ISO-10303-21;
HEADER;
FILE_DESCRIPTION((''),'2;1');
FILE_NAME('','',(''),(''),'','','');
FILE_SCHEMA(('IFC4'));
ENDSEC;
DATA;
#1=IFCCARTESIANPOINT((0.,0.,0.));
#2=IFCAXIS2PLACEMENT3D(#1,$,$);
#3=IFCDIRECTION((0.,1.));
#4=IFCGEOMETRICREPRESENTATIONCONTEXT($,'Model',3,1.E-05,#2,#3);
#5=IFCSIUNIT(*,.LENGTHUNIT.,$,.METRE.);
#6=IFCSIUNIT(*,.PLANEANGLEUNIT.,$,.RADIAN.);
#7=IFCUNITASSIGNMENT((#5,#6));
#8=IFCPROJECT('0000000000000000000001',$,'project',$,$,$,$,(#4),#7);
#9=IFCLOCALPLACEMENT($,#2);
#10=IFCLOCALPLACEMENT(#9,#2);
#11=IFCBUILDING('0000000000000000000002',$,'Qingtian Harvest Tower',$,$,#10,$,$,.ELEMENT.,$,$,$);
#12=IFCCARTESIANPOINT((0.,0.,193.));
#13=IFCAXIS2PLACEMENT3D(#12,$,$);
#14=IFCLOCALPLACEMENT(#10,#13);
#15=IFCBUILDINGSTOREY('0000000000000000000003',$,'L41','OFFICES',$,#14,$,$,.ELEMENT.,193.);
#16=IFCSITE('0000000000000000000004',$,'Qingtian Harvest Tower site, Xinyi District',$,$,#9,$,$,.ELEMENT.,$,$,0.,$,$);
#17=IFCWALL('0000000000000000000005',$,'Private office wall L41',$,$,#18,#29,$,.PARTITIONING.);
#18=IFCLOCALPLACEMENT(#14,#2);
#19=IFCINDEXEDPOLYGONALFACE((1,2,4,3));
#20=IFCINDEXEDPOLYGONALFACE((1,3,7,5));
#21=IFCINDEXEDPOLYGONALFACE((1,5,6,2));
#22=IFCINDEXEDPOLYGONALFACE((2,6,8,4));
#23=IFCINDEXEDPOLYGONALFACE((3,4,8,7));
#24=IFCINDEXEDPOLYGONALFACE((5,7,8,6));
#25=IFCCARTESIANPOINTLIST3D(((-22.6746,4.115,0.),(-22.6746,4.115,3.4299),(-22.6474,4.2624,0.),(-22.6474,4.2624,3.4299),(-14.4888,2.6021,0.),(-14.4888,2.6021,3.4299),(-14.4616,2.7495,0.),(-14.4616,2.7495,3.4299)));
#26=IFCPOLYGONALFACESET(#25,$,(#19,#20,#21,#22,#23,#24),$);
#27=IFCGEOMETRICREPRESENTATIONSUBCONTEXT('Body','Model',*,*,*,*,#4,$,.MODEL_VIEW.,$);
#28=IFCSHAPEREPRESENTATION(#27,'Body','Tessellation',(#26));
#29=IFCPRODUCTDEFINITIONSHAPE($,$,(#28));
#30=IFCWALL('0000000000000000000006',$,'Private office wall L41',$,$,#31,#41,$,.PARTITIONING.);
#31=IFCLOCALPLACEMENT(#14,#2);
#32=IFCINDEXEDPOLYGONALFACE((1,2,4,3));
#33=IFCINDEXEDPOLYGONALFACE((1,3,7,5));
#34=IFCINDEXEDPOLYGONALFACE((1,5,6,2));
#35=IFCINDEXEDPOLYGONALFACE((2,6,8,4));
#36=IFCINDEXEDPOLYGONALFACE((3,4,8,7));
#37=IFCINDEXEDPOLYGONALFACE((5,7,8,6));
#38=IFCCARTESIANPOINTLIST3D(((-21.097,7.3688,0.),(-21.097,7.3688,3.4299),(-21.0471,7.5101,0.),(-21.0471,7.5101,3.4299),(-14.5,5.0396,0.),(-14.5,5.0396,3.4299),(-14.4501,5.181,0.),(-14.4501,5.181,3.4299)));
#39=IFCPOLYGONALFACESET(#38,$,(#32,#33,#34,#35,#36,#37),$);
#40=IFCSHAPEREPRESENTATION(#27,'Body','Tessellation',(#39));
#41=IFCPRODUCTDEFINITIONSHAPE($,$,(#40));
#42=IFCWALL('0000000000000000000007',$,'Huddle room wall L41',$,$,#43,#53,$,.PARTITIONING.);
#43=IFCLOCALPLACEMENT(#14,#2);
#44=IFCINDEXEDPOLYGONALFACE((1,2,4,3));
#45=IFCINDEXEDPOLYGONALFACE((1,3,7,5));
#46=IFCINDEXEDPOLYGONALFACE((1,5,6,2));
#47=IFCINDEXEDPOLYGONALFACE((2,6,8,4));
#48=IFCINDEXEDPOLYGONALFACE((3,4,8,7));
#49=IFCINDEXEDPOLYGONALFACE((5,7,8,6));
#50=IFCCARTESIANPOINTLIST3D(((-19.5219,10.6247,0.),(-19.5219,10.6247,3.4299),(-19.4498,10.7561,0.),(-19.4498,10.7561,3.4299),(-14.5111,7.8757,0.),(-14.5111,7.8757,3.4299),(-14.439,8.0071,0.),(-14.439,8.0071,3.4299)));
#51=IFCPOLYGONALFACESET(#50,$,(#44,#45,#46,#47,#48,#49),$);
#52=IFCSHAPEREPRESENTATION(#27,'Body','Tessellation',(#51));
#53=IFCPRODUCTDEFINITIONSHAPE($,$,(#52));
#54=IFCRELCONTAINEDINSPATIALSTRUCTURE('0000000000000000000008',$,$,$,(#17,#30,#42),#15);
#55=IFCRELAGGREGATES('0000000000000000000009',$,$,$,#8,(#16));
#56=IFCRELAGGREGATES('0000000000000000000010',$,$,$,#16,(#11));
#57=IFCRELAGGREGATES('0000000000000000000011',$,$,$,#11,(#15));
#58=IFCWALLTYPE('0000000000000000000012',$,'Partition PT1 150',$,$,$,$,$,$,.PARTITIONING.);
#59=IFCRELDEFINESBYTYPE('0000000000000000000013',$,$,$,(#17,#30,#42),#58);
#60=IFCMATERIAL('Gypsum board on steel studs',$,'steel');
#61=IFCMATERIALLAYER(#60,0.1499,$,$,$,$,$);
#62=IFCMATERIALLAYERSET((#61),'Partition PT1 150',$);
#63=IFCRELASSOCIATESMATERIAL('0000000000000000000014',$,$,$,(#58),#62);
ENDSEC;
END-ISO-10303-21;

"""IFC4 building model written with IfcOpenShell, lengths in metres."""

from ifc_helpers import new_model, si_unit, direction, frame, frame_2d, origin, place, context, subcontext, project, spatial, rectangle, extrude, material, layer, layer_set, type_object, element, save


model = new_model("IFC4")

# Units and contexts
model_context = context("Model", 3, precision=1e-05, world=origin(), true_north=direction((0.0, 1.0)))
body_context = subcontext(model_context, "Body", "Model", "MODEL_VIEW")
ifc_project = project(units=[si_unit("LENGTHUNIT", "METRE"), si_unit("PLANEANGLEUNIT", "RADIAN")], contexts=[model_context])

# Site, building, storey
site_placement = place(None, origin())
site = spatial("IfcSite", under=ifc_project, at=site_placement, Name="Qingtian Harvest Tower site, Xinyi District", CompositionType="ELEMENT", RefElevation=0.0)
building_placement = place(site_placement, origin())
building = spatial("IfcBuilding", under=site, at=building_placement, Name="Qingtian Harvest Tower", CompositionType="ELEMENT")
storey_placement = place(building_placement, frame((0.0, 0.0, 193.0)))
storey = spatial("IfcBuildingStorey", under=building, at=storey_placement, Name="L41", Description="OFFICES", CompositionType="ELEMENT", Elevation=193.0)

# Wall
ifc_material_1 = material(Name="Gypsum board on steel studs", Category="steel")
ifc_layer_1 = layer(ifc_material_1, 0.1499)
ifc_layer_set_1 = layer_set([ifc_layer_1], Name="Partition PT1 150")
wall_type = type_object("IfcWallType", Name="Partition PT1 150", PredefinedType="PARTITIONING", material=ifc_layer_set_1)
wall_1_placement = place(storey_placement, frame((-22.6609, 4.1887, 0.0), z_axis=(0.0, 0.0, 1.0), x_axis=(0.983345, -0.181747, 0.0)))
element("IfcWall", 1, at=wall_1_placement, inside=storey, type_object=wall_type, Name="Private office wall L41", PredefinedType="PARTITIONING", context=body_context, shape_type="SweptSolid", body=[
    extrude(rectangle(XDim=8.3245, YDim=0.1499, at=frame_2d((4.1621, 0.0))), origin(), (0.0, 0.0, 1.0), 3.4299),
])

# Wall
wall_2_placement = place(storey_placement, frame((-21.072, 7.4395, 0.0), z_axis=(0.0, 0.0, 1.0), x_axis=(0.942956, -0.332919, 0.0)))
element("IfcWall", 2, at=wall_2_placement, inside=storey, type_object=wall_type, Name="Private office wall L41", PredefinedType="PARTITIONING", context=body_context, shape_type="SweptSolid", body=[
    extrude(rectangle(XDim=6.9961, YDim=0.1499, at=frame_2d((3.498, 0.0))), origin(), (0.0, 0.0, 1.0), 3.4299),
])

# Wall
wall_3_placement = place(storey_placement, frame((-19.4858, 10.6904, 0.0), z_axis=(0.0, 0.0, 1.0), x_axis=(0.876724, -0.480994, 0.0)))
element("IfcWall", 3, at=wall_3_placement, inside=storey, type_object=wall_type, Name="Huddle room wall L41", PredefinedType="PARTITIONING", context=body_context, shape_type="SweptSolid", body=[
    extrude(rectangle(XDim=5.7153, YDim=0.1499, at=frame_2d((2.8577, 0.0))), origin(), (0.0, 0.0, 1.0), 3.4299),
])

save(model, "model.ifc")
